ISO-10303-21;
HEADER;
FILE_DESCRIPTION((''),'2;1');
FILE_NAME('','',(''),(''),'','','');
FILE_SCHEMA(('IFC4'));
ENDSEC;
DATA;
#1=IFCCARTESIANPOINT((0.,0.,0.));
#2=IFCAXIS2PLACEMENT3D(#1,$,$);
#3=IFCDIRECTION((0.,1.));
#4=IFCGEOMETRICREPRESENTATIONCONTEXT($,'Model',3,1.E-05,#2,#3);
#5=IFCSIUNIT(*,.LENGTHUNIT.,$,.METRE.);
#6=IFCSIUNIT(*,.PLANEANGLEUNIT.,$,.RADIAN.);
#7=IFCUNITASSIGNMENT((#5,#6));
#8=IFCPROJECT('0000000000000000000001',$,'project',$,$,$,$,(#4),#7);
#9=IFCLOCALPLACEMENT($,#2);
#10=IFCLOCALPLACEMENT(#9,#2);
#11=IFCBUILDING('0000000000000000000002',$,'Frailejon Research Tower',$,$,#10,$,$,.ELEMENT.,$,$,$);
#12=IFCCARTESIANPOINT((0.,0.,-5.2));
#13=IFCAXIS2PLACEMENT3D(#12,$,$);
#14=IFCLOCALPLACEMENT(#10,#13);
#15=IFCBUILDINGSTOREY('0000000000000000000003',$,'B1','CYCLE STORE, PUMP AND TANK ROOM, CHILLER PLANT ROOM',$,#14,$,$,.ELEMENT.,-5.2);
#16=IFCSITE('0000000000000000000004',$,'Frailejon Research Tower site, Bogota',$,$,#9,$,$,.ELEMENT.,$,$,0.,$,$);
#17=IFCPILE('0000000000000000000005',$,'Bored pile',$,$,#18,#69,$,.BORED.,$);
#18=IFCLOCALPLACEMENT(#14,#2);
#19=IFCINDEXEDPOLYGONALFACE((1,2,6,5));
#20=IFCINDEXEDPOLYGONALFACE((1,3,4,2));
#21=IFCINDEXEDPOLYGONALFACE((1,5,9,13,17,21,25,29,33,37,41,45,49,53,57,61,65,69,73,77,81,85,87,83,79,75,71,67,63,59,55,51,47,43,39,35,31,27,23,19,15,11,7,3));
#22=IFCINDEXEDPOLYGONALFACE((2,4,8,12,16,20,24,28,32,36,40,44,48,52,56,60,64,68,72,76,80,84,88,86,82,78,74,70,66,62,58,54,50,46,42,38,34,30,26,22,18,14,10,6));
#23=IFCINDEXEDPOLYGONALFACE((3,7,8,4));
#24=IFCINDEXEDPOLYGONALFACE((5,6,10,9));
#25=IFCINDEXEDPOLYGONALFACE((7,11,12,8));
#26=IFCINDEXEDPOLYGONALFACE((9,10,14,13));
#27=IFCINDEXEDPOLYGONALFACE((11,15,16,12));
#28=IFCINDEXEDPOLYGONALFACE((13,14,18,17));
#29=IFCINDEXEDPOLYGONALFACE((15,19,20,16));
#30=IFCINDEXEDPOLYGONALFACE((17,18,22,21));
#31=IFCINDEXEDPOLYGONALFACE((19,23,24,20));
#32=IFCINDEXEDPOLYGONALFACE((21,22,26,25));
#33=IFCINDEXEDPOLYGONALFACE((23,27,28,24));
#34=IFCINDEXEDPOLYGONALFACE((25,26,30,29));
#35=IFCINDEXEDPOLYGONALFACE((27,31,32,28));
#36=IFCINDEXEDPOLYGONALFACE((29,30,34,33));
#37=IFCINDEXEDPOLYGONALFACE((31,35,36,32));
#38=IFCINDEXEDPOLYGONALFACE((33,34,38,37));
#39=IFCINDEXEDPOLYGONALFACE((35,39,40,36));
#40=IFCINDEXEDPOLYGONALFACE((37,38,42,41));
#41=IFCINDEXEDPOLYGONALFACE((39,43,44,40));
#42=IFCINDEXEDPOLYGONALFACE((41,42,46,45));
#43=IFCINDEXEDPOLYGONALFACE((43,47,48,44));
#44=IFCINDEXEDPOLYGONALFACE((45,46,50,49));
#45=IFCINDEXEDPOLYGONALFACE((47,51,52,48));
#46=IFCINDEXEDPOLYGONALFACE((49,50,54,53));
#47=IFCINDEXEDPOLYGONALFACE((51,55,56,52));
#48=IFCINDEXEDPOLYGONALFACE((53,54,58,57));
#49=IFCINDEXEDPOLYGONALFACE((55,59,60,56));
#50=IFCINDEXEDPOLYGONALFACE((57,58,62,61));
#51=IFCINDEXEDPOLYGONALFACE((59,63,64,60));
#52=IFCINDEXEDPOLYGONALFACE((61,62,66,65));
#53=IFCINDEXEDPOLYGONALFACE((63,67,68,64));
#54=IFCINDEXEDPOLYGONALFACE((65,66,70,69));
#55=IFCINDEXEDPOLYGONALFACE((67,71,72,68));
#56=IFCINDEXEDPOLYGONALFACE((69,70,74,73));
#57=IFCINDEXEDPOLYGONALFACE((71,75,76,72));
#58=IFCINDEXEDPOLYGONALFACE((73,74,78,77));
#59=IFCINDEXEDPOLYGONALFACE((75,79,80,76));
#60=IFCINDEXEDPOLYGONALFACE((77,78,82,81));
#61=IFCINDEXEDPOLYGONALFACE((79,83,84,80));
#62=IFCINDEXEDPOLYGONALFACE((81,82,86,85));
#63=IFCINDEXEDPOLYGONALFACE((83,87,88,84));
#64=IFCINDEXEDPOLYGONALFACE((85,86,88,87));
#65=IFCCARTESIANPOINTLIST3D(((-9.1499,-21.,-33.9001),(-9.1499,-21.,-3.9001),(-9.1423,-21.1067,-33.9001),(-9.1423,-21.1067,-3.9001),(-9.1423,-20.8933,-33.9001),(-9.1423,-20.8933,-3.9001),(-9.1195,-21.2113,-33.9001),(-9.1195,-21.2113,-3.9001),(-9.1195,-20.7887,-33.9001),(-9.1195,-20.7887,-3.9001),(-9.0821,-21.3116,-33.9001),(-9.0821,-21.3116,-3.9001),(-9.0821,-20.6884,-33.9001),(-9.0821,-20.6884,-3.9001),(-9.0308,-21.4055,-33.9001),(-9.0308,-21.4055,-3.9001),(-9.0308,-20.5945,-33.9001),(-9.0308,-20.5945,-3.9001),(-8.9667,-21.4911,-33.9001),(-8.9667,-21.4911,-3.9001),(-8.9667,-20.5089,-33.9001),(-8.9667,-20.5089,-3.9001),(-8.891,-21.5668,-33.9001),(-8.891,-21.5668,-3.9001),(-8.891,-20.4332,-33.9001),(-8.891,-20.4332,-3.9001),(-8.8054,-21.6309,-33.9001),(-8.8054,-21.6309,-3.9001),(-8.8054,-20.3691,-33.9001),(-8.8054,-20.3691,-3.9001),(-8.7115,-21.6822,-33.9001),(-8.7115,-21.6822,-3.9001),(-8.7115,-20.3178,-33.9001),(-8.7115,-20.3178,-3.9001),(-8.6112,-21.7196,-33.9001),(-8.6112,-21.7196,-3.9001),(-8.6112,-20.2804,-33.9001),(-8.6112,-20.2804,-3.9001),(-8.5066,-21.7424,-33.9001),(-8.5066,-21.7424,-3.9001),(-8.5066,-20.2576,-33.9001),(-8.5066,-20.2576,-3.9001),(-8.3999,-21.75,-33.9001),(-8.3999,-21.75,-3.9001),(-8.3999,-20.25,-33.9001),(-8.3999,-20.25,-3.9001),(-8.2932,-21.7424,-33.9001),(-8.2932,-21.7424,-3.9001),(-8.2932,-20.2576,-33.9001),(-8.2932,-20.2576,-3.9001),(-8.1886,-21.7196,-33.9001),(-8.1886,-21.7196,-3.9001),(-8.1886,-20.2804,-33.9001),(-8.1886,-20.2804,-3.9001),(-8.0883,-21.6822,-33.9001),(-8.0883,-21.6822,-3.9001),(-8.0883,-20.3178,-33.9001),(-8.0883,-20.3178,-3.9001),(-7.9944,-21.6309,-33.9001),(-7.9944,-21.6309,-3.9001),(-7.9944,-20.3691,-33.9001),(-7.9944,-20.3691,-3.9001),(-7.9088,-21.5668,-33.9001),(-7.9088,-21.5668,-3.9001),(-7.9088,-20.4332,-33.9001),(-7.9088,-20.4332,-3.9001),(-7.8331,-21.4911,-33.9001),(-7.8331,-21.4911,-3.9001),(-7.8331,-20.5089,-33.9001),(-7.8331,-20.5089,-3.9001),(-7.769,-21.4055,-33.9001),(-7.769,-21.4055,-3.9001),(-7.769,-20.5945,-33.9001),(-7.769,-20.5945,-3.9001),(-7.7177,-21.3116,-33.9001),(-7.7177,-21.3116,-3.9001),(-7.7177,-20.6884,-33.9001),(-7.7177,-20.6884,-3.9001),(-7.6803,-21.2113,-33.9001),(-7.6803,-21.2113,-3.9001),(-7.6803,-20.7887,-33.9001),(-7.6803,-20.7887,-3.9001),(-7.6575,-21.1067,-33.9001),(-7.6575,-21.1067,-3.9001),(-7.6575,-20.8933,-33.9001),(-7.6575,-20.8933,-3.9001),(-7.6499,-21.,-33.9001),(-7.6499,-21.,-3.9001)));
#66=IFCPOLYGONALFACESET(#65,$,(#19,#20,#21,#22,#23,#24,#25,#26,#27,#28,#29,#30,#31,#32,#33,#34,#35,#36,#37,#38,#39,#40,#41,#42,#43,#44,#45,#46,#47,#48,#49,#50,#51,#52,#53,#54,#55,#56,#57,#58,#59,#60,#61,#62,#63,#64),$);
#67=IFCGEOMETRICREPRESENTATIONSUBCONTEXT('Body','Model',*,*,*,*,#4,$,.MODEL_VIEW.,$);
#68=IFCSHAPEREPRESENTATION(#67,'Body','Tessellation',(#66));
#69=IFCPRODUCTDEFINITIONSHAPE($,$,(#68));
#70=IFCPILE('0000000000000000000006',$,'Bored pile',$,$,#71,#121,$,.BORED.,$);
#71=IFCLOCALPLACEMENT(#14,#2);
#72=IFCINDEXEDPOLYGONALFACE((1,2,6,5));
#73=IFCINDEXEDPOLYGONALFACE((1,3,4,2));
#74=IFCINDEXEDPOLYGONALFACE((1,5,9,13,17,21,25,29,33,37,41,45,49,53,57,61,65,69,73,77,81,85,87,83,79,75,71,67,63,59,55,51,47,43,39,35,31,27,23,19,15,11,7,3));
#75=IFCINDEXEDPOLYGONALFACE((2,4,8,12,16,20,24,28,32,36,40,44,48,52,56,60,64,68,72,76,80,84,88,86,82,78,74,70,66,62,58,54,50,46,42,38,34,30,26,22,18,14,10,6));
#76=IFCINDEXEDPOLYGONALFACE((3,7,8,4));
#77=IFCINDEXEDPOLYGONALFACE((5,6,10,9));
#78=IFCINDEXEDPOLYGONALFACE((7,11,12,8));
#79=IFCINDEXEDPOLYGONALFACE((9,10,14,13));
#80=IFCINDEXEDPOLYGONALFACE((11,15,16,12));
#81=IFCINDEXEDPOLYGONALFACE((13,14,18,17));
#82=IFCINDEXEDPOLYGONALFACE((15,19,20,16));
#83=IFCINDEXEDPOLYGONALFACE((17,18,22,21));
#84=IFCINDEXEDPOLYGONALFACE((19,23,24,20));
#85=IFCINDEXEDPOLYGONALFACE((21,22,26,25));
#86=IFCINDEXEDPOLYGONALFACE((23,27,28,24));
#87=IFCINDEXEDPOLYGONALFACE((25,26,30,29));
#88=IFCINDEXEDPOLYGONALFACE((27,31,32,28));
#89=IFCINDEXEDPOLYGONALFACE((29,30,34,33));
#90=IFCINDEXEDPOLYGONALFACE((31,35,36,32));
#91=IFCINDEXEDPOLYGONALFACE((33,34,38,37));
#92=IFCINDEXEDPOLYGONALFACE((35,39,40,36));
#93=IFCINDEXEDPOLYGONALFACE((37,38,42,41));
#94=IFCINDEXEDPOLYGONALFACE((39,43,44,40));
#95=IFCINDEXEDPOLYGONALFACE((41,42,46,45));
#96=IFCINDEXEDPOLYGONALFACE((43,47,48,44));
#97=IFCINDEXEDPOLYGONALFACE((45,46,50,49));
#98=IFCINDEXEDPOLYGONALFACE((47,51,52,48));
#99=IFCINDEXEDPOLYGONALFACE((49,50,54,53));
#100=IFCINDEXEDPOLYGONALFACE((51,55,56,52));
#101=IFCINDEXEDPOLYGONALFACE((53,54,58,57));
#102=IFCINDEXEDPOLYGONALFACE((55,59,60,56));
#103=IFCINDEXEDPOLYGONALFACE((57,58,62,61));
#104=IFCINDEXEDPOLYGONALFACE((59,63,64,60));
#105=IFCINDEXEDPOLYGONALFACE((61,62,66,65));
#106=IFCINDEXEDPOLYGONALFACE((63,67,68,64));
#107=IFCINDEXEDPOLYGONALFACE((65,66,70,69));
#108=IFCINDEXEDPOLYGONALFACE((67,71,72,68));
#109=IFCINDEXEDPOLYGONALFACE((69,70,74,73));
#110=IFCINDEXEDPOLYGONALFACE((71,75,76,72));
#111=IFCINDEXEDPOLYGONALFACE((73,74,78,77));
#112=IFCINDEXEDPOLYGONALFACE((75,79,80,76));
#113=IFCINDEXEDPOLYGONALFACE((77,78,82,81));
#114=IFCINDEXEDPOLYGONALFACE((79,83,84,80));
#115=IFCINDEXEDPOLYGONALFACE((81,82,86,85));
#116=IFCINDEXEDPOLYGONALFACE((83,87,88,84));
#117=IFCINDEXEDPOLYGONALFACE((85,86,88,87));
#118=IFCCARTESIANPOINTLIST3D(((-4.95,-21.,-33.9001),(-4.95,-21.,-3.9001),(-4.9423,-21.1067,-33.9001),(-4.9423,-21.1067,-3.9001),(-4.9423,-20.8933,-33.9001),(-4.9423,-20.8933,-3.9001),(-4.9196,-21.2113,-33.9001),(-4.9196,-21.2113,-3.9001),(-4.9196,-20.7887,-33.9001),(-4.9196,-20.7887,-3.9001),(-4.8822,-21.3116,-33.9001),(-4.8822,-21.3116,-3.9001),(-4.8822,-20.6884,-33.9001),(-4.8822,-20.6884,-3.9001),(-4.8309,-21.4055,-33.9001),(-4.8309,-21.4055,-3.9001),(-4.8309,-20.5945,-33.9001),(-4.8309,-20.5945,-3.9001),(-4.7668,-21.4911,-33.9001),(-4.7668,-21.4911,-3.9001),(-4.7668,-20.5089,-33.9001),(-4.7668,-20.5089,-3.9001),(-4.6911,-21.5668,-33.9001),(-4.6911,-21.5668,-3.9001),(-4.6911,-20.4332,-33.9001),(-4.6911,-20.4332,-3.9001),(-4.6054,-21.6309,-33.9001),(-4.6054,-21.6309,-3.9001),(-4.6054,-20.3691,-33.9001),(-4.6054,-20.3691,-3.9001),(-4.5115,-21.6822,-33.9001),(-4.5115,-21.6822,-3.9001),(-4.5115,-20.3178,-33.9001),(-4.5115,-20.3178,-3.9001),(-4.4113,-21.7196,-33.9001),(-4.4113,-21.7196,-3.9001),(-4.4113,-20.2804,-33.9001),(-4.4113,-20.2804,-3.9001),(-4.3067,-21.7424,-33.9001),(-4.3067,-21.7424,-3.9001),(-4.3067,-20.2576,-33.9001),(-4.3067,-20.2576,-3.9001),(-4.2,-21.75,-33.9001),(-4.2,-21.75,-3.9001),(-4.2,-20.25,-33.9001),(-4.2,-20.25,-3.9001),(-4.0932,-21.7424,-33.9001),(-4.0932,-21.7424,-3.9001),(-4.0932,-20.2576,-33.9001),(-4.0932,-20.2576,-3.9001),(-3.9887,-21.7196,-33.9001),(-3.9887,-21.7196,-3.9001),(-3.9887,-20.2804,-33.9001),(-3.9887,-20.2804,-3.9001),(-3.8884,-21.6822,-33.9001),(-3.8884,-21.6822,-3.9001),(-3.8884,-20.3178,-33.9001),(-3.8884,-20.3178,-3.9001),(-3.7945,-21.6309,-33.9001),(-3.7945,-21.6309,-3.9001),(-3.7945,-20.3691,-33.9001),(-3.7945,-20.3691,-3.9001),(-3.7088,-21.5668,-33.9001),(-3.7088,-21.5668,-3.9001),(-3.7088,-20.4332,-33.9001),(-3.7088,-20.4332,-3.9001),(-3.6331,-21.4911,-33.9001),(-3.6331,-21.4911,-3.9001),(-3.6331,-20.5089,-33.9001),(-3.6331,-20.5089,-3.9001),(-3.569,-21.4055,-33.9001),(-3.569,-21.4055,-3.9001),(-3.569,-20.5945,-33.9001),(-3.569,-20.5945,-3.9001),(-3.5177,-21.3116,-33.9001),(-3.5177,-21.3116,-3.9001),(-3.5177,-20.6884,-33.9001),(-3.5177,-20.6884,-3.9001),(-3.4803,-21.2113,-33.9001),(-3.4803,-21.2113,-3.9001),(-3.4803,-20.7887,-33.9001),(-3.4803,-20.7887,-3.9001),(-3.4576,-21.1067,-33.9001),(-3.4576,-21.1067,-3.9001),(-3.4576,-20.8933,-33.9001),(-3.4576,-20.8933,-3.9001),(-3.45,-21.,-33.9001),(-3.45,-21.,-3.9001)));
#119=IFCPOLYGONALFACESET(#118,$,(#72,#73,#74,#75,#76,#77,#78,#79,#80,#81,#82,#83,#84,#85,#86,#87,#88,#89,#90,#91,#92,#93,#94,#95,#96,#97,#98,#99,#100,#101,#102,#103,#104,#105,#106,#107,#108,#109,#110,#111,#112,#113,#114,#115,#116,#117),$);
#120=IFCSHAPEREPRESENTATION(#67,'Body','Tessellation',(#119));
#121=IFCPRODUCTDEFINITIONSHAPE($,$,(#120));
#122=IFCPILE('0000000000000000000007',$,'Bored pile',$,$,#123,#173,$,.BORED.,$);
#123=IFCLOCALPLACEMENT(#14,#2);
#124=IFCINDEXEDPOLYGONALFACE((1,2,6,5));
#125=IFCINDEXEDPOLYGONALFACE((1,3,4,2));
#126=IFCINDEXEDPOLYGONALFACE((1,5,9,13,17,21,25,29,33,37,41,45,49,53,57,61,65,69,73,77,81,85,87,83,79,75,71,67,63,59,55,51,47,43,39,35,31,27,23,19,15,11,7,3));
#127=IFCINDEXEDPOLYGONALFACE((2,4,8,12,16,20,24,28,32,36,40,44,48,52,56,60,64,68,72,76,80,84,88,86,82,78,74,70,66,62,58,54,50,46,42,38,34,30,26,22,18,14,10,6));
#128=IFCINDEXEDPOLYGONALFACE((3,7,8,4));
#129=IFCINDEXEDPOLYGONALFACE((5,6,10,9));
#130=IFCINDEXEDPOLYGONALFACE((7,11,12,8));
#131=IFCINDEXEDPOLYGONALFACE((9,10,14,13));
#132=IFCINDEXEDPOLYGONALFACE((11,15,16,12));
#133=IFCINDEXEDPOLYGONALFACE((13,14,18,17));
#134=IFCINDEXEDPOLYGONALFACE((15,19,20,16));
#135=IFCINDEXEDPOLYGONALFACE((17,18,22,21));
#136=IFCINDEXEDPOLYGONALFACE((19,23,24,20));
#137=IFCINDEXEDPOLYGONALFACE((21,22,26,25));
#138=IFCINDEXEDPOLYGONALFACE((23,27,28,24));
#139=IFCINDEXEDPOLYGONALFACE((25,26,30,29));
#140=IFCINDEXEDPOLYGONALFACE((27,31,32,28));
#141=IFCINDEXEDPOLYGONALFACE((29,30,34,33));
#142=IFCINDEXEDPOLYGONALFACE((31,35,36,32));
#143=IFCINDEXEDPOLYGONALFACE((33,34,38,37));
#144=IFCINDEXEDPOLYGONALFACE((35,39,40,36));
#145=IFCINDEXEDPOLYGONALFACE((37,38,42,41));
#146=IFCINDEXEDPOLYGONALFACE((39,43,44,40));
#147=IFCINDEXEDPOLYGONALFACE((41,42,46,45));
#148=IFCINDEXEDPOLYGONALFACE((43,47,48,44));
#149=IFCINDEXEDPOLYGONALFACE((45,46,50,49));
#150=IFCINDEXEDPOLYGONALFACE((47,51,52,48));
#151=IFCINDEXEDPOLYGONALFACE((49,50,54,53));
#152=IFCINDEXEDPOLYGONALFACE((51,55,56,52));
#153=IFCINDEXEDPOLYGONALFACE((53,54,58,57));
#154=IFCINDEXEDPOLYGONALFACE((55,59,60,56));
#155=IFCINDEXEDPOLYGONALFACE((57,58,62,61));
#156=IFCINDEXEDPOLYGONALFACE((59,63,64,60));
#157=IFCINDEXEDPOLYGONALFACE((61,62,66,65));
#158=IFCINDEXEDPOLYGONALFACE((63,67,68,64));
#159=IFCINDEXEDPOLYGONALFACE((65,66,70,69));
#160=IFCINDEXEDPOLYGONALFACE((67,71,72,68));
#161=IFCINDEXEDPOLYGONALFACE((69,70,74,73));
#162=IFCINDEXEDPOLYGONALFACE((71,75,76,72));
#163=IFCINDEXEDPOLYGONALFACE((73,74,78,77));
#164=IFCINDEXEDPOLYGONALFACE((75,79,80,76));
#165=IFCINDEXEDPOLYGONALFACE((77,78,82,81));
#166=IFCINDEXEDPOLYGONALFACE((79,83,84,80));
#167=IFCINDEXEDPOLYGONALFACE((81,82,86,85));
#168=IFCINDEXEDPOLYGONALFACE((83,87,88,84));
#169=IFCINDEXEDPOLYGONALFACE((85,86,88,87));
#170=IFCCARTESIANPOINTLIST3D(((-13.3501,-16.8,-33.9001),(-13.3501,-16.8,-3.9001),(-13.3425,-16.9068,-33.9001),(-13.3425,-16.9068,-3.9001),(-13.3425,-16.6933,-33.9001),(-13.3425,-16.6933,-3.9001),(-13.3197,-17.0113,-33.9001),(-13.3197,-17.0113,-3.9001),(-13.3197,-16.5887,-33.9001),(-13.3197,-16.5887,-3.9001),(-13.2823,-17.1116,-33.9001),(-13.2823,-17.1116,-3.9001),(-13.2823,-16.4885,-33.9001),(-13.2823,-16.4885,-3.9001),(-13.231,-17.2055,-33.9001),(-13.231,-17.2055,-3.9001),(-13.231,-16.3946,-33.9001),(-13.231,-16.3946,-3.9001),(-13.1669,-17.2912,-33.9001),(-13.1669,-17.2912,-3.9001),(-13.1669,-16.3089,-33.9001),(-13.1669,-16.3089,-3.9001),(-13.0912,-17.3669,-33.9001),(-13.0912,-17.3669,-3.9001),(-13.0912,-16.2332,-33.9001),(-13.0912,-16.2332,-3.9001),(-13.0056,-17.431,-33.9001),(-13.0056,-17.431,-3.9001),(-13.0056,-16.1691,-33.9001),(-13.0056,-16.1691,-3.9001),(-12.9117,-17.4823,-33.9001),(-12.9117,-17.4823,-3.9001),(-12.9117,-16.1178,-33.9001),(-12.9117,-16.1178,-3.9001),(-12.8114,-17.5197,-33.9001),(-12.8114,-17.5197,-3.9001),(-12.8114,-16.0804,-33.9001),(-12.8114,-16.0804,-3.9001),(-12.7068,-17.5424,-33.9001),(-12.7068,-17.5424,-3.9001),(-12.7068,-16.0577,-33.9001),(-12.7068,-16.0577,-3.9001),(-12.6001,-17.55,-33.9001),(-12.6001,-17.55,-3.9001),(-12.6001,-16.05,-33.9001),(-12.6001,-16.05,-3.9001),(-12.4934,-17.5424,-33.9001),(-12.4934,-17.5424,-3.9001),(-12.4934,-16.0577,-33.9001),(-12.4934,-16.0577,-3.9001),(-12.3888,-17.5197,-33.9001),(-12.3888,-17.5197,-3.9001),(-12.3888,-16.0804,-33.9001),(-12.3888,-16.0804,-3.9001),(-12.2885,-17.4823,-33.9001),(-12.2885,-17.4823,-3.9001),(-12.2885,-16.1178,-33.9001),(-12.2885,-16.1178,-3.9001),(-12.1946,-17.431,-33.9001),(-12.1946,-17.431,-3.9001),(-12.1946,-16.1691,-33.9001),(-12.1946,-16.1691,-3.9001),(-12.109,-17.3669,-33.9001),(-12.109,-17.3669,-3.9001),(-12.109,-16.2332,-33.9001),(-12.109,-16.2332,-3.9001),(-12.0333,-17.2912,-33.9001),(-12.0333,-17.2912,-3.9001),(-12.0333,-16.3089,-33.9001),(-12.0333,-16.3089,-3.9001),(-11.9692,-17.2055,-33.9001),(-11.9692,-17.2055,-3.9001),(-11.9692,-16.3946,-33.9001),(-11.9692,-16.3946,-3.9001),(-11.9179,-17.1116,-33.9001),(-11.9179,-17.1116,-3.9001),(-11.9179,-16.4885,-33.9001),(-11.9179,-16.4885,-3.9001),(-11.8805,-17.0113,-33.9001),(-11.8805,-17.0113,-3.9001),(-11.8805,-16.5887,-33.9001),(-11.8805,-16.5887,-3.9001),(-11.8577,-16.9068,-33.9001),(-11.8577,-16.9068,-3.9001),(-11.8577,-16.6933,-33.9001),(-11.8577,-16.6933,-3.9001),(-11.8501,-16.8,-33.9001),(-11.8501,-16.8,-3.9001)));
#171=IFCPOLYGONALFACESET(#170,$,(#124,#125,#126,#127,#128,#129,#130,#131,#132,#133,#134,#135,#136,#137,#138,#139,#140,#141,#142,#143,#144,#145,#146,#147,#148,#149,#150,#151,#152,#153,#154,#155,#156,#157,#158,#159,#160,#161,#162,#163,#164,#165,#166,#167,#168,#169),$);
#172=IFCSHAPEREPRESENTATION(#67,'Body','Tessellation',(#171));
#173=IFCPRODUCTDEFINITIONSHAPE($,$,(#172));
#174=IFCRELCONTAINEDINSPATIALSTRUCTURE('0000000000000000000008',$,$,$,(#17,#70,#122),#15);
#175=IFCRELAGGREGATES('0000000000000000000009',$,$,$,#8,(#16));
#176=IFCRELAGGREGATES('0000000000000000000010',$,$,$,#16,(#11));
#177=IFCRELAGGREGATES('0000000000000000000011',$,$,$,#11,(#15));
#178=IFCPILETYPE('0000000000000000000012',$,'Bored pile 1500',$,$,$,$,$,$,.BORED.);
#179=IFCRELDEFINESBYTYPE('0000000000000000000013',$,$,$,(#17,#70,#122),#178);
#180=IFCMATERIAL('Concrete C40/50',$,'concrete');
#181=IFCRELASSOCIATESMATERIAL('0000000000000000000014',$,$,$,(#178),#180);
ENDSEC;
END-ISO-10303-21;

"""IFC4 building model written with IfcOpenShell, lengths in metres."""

from ifc_helpers import new_model, si_unit, direction, frame, origin, origin_2d, place, context, subcontext, project, spatial, circle, extrude, material, material_profile, profile_set, type_object, element, save


model = new_model("IFC4")

# Units and contexts
model_context = context("Model", 3, precision=1e-05, world=origin(), true_north=direction((0.0, 1.0)))
body_context = subcontext(model_context, "Body", "Model", "MODEL_VIEW")
ifc_project = project(units=[si_unit("LENGTHUNIT", "METRE"), si_unit("PLANEANGLEUNIT", "RADIAN")], contexts=[model_context])

# Site, building, storey
site_placement = place(None, origin())
site = spatial("IfcSite", under=ifc_project, at=site_placement, Name="Frailejon Research Tower site, Bogota", CompositionType="ELEMENT", RefElevation=0.0)
building_placement = place(site_placement, origin())
building = spatial("IfcBuilding", under=site, at=building_placement, Name="Frailejon Research Tower", CompositionType="ELEMENT")
storey_placement = place(building_placement, frame((0.0, 0.0, -5.2)))
storey = spatial("IfcBuildingStorey", under=building, at=storey_placement, Name="B1", Description="CYCLE STORE, PUMP AND TANK ROOM, CHILLER PLANT ROOM", CompositionType="ELEMENT", Elevation=-5.2)

# Piles
ifc_material_1 = material(Name="Concrete C40/50", Category="concrete")
ifc_material_profile_1 = material_profile(ifc_material_1, circle(Radius=0.75, at=origin_2d()), Name="Bored pile 1500")
ifc_profile_set_1 = profile_set([ifc_material_profile_1], Name="Concrete C40/50")
pile_type = type_object("IfcPileType", Name="Bored pile 1500", PredefinedType="BORED", material=ifc_profile_set_1)
for number, where, z_axis, x_axis, name in (
    (1, (-8.3999, -21.0, -3.9001), (0.0, 0.0, -1.0), (1.0, 0.0, 0.0), "Bored pile"),
    (2, (-4.2, -21.0, -3.9001), (0.0, 0.0, -1.0), (1.0, 0.0, 0.0), "Bored pile"),
    (3, (-12.6001, -16.8, -3.9001), (0.0, 0.0, -1.0), (1.0, 0.0, 0.0), "Bored pile"),
):
    element("IfcPile", number, at=place(storey_placement, frame(where, z_axis=z_axis, x_axis=x_axis)), inside=storey, type_object=pile_type, Name=name, PredefinedType="BORED", context=body_context, shape_type="SweptSolid", body=[
        extrude(circle(Radius=0.75, at=origin_2d()), origin(), (0.0, 0.0, 1.0), 30.0),
    ])

save(model, "model.ifc")
